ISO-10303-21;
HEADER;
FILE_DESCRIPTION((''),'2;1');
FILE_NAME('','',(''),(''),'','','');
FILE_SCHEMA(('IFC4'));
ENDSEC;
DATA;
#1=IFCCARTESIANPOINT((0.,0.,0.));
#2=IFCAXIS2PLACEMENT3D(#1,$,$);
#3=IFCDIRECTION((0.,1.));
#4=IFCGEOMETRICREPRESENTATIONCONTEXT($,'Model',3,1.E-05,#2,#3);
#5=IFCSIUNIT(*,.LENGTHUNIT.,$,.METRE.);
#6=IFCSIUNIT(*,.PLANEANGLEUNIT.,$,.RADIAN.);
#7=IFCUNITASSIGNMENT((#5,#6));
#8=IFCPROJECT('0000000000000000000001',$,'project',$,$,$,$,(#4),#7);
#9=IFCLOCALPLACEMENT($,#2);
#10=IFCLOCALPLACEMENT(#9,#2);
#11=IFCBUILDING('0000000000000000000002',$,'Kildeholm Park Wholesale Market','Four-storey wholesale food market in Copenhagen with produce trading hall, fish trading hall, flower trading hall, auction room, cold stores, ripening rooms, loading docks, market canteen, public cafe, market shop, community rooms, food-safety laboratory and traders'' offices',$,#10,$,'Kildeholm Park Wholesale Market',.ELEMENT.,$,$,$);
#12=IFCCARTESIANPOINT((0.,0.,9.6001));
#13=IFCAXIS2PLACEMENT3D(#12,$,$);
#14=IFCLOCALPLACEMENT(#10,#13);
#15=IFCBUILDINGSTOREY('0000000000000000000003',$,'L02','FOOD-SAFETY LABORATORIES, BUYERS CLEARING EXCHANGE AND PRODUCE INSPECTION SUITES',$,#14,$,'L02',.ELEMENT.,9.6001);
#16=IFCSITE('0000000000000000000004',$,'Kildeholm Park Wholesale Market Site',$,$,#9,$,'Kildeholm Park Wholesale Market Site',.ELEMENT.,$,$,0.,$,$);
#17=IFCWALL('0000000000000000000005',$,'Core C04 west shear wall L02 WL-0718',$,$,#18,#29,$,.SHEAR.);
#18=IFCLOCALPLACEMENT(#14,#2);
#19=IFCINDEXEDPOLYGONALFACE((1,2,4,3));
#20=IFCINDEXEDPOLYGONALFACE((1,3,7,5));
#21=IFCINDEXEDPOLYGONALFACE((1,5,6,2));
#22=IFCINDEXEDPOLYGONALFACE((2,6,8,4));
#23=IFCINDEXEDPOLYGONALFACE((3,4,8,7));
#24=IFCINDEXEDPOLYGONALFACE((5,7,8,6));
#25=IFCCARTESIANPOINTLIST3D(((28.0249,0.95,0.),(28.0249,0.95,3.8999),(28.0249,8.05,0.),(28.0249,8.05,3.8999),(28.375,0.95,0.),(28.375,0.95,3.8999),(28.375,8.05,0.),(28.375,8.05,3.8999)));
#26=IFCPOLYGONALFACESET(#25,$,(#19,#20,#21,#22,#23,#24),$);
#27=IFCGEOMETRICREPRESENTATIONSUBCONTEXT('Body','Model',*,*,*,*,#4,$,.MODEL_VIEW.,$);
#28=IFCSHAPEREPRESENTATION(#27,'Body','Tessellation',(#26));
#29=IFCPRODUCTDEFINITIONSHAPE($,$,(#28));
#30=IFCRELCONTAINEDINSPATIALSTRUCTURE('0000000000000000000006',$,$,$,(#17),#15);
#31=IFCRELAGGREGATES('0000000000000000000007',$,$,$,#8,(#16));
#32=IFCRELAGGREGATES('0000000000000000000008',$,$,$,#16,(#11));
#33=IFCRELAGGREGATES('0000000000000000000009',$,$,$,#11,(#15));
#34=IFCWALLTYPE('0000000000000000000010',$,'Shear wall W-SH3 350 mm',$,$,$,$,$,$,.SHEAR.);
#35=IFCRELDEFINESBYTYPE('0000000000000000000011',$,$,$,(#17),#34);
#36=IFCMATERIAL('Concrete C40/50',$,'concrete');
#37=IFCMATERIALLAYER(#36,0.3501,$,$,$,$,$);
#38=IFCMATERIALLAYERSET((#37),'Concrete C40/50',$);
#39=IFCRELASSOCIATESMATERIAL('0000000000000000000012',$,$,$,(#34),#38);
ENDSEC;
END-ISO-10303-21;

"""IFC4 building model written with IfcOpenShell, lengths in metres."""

from ifc_helpers import new_model, si_unit, direction, frame, frame_2d, origin, place, context, subcontext, project, spatial, rectangle, extrude, material, layer, layer_set, type_object, element, save


model = new_model("IFC4")

# Units and contexts
model_context = context("Model", 3, precision=1e-05, world=origin(), true_north=direction((0.0, 1.0)))
body_context = subcontext(model_context, "Body", "Model", "MODEL_VIEW")
ifc_project = project(units=[si_unit("LENGTHUNIT", "METRE"), si_unit("PLANEANGLEUNIT", "RADIAN")], contexts=[model_context])

# Site, building, storey
site_placement = place(None, origin())
site = spatial("IfcSite", under=ifc_project, at=site_placement, Name="Kildeholm Park Wholesale Market Site", LongName="Kildeholm Park Wholesale Market Site", CompositionType="ELEMENT", RefElevation=0.0)
building_placement = place(site_placement, origin())
building = spatial("IfcBuilding", under=site, at=building_placement, Name="Kildeholm Park Wholesale Market", Description="Four-storey wholesale food market in Copenhagen with produce trading hall, fish trading hall, flower trading hall, auction room, cold stores, ripening rooms, loading docks, market canteen, public cafe, market shop, community rooms, food-safety laboratory and traders' offices", LongName="Kildeholm Park Wholesale Market", CompositionType="ELEMENT")
storey_placement = place(building_placement, frame((0.0, 0.0, 9.6001)))
storey = spatial("IfcBuildingStorey", under=building, at=storey_placement, Name="L02", Description="FOOD-SAFETY LABORATORIES, BUYERS CLEARING EXCHANGE AND PRODUCE INSPECTION SUITES", LongName="L02", CompositionType="ELEMENT", Elevation=9.6001)

# Wall
ifc_material_1 = material(Name="Concrete C40/50", Category="concrete")
ifc_layer_1 = layer(ifc_material_1, 0.3501)
ifc_layer_set_1 = layer_set([ifc_layer_1], Name="Concrete C40/50")
wall_type_1 = type_object("IfcWallType", Name="Shear wall W-SH3 350 mm", PredefinedType="SHEAR", material=ifc_layer_set_1)
wall_1_placement = place(storey_placement, frame((28.2, 0.95, 0.0), z_axis=(0.0, 0.0, 1.0), x_axis=(0.0, 1.0, 0.0)))
element("IfcWall", 1, at=wall_1_placement, inside=storey, type_object=wall_type_1, Name="Core C04 west shear wall L02 WL-0718", PredefinedType="SHEAR", context=body_context, shape_type="SweptSolid", body=[
    extrude(rectangle(XDim=7.1001, YDim=0.3501, at=frame_2d((3.55, 0.0))), origin(), (0.0, 0.0, 1.0), 3.8999),
])

save(model, "model.ifc")
